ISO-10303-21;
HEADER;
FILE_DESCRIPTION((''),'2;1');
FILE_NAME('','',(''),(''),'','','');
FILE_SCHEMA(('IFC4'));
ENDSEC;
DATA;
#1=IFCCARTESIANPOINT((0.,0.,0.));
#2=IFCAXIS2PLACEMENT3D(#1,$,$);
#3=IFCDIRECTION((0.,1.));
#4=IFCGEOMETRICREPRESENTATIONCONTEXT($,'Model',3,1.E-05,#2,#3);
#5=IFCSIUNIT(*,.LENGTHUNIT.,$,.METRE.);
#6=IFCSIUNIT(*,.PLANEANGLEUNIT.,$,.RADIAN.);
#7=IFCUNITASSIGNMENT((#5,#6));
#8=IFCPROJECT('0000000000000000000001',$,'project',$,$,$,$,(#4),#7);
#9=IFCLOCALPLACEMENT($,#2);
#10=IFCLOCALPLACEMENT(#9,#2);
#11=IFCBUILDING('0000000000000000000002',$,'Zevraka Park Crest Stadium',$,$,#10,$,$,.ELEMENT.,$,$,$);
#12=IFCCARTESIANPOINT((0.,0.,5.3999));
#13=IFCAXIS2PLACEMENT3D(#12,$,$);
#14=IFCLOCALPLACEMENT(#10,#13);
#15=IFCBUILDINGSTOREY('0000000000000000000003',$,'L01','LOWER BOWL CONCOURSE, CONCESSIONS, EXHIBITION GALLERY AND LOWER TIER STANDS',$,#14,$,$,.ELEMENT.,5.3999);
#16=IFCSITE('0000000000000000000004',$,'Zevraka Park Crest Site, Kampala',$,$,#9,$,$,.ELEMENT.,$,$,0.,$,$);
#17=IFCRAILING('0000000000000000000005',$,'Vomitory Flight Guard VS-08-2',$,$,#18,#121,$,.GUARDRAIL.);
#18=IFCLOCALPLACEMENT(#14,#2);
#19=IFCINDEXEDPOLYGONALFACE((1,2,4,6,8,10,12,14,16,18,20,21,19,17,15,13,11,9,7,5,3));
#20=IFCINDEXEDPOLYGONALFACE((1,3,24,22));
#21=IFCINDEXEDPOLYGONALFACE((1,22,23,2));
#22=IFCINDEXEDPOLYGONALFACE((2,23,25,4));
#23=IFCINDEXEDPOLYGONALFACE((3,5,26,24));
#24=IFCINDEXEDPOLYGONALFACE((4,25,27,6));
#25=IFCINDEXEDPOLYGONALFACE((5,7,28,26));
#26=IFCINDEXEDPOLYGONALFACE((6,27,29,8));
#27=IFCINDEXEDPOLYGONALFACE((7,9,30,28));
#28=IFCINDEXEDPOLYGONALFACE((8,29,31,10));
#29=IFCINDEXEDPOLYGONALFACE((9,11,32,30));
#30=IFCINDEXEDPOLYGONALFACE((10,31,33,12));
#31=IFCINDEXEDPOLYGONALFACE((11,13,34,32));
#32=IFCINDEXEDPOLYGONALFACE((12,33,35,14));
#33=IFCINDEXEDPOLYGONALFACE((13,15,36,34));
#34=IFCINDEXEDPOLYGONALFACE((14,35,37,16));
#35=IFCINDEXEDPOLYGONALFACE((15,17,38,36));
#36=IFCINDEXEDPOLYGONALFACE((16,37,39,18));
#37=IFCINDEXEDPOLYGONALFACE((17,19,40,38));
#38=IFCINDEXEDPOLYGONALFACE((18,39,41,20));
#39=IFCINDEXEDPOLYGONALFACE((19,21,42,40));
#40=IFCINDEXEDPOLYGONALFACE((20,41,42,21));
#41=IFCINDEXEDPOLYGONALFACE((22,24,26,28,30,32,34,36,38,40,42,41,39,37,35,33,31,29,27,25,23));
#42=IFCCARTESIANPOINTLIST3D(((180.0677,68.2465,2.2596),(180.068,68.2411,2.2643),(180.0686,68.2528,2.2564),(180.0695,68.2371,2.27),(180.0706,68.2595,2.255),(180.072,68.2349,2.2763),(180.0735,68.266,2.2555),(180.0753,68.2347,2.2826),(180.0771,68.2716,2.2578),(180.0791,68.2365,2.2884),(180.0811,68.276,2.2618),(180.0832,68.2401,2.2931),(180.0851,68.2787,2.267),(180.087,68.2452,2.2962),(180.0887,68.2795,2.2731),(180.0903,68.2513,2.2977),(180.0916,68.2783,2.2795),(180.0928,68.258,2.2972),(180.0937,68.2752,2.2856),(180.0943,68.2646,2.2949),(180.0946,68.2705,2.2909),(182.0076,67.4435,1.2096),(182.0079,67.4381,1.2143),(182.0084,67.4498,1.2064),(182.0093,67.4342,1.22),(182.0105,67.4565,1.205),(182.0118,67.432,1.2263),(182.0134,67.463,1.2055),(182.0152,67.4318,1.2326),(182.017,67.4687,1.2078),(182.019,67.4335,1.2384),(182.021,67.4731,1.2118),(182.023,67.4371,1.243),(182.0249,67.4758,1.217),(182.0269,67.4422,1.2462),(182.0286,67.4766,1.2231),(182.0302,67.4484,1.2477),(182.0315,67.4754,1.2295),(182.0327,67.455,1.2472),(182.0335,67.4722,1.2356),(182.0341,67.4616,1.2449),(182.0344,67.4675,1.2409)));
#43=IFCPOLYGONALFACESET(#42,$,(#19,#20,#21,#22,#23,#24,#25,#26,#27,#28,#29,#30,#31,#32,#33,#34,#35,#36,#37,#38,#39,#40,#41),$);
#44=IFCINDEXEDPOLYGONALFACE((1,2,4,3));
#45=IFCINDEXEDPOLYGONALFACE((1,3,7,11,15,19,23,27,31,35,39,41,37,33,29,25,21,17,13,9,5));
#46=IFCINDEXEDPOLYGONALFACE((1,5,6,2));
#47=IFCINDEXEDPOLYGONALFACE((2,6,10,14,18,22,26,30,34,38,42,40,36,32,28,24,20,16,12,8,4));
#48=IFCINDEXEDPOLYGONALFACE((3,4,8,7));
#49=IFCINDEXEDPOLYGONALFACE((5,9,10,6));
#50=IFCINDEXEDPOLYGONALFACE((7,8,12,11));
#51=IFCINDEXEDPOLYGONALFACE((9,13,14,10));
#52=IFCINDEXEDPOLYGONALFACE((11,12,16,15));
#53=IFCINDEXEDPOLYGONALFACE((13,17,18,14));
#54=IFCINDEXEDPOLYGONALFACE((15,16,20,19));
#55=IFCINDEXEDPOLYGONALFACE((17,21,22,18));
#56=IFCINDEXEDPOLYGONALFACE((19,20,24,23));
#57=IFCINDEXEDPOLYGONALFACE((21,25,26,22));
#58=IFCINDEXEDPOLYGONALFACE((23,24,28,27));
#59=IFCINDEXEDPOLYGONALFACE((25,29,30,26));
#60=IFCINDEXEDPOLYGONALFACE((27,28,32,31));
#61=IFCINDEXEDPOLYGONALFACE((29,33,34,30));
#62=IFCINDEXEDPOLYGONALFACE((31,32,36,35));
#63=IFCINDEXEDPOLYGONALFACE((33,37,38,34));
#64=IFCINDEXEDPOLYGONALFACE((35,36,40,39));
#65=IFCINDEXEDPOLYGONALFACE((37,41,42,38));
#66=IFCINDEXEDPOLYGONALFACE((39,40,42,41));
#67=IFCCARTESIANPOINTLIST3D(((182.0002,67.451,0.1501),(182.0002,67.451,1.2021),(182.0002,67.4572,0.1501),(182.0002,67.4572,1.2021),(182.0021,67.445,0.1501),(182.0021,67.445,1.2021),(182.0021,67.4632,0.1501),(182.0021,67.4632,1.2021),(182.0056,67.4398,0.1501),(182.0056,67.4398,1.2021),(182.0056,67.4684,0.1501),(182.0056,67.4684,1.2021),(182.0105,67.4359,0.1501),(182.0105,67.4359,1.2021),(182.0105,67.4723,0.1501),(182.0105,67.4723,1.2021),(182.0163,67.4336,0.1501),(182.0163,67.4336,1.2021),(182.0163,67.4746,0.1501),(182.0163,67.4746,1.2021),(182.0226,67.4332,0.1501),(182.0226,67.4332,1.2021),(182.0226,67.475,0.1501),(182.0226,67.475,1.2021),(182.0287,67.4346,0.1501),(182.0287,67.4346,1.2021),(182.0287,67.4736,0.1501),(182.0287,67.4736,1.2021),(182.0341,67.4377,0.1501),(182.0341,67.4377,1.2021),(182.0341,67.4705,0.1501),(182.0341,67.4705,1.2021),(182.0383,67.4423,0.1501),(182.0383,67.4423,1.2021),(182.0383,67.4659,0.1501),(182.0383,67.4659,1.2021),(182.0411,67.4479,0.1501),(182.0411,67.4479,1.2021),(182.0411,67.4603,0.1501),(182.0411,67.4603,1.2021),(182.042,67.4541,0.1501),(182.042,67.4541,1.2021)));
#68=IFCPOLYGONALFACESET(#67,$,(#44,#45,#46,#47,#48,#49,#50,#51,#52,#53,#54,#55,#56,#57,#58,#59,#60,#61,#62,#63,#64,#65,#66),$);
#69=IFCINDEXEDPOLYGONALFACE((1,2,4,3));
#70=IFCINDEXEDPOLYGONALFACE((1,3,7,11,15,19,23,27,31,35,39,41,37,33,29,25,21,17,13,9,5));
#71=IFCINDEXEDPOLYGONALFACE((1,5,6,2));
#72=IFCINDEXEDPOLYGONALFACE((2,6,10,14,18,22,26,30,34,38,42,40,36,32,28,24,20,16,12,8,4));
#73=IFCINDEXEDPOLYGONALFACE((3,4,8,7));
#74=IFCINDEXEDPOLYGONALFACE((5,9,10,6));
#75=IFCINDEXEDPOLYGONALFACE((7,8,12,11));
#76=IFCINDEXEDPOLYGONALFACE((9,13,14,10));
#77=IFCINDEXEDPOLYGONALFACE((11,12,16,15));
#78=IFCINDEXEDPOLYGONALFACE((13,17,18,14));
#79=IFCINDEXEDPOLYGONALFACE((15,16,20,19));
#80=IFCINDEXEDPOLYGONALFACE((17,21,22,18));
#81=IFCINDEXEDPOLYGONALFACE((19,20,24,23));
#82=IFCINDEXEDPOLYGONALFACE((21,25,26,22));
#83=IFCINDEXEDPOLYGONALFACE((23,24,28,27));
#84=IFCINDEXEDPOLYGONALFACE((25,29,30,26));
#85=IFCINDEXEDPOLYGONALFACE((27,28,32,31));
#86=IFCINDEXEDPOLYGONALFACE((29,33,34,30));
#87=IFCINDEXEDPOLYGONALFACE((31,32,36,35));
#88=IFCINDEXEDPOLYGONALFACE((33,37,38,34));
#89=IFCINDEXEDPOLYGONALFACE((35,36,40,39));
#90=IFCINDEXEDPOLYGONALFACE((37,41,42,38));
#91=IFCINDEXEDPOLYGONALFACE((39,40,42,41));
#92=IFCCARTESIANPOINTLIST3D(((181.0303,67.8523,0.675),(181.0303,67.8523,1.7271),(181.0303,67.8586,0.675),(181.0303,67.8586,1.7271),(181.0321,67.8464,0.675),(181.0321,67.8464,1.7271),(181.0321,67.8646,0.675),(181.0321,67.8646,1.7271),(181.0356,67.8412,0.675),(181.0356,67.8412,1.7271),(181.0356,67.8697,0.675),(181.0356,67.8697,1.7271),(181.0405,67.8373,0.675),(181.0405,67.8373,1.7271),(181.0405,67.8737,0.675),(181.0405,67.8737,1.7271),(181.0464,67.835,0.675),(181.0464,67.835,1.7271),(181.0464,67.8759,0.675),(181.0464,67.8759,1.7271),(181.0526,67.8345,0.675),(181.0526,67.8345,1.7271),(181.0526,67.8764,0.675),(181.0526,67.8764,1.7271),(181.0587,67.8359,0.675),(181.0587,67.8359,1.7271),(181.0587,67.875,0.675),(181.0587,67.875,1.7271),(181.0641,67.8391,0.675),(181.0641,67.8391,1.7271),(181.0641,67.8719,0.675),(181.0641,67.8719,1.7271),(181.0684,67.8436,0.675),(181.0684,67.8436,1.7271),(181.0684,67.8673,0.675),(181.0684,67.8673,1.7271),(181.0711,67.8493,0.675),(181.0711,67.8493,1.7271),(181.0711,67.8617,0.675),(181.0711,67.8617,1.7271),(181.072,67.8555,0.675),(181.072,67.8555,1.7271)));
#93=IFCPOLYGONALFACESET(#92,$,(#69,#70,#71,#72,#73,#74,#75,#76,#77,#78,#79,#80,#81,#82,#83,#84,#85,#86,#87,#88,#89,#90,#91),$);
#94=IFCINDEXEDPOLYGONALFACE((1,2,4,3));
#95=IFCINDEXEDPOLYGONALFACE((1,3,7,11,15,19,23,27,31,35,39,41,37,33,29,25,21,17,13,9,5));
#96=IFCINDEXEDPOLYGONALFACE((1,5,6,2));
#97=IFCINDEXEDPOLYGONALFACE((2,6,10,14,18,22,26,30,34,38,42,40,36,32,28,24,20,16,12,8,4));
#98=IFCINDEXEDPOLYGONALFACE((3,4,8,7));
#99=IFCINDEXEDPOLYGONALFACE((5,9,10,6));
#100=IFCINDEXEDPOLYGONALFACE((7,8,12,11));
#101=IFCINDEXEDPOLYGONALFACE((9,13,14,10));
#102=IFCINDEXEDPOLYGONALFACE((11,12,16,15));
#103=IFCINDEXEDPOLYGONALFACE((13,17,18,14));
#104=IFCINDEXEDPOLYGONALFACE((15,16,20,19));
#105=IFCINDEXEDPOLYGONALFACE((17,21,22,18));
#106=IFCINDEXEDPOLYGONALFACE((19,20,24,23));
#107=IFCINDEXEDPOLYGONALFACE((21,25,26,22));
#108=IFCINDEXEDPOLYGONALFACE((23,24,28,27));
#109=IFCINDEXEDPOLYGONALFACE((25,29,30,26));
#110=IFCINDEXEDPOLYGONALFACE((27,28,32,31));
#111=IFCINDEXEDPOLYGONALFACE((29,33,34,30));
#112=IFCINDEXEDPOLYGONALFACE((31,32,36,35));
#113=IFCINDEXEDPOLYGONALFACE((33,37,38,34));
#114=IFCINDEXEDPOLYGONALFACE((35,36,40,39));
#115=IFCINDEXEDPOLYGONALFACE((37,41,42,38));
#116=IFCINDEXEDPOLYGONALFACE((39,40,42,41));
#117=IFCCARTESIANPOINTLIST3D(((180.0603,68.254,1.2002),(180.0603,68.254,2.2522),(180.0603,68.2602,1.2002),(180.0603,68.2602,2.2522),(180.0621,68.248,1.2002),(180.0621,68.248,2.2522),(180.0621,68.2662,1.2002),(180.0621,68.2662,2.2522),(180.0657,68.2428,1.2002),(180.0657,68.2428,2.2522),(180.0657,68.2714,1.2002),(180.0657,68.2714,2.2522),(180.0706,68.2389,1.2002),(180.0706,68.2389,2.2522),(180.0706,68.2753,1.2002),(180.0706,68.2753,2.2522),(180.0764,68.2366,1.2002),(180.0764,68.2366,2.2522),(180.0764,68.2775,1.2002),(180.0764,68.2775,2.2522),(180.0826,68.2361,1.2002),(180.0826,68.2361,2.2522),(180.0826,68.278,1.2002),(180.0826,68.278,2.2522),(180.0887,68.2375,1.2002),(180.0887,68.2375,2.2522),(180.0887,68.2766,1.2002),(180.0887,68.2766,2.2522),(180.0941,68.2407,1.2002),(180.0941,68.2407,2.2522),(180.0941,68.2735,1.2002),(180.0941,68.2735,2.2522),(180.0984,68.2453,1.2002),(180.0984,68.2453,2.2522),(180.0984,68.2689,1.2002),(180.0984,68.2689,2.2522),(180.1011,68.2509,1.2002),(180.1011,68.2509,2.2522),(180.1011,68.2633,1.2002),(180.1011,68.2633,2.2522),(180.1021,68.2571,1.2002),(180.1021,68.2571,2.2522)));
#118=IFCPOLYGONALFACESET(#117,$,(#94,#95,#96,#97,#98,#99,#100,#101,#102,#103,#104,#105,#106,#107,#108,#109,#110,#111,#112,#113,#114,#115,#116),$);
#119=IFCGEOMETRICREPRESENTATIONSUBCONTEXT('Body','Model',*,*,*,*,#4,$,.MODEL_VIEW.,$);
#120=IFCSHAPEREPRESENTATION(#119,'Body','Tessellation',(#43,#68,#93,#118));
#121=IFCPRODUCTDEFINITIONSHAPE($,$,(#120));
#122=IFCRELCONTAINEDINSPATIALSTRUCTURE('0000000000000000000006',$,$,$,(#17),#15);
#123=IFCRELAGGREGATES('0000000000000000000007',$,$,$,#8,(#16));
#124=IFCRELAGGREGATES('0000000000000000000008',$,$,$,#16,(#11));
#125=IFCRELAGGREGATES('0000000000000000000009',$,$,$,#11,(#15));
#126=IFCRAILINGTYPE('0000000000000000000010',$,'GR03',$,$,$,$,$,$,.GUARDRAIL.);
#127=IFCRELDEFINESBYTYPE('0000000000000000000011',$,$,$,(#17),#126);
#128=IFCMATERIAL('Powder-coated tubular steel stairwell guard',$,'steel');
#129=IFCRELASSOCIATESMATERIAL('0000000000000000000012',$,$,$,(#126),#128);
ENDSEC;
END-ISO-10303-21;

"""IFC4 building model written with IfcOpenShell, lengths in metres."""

from ifc_helpers import new_model, si_unit, direction, frame, origin, origin_2d, place, context, subcontext, project, spatial, circle, extrude, material, type_object, element, save


model = new_model("IFC4")

# Units and contexts
model_context = context("Model", 3, precision=1e-05, world=origin(), true_north=direction((0.0, 1.0)))
body_context = subcontext(model_context, "Body", "Model", "MODEL_VIEW")
ifc_project = project(units=[si_unit("LENGTHUNIT", "METRE"), si_unit("PLANEANGLEUNIT", "RADIAN")], contexts=[model_context])

# Site, building, storey
site_placement = place(None, origin())
site = spatial("IfcSite", under=ifc_project, at=site_placement, Name="Zevraka Park Crest Site, Kampala", CompositionType="ELEMENT", RefElevation=0.0)
building_placement = place(site_placement, origin())
building = spatial("IfcBuilding", under=site, at=building_placement, Name="Zevraka Park Crest Stadium", CompositionType="ELEMENT")
storey_placement = place(building_placement, frame((0.0, 0.0, 5.3999)))
storey = spatial("IfcBuildingStorey", under=building, at=storey_placement, Name="L01", Description="LOWER BOWL CONCOURSE, CONCESSIONS, EXHIBITION GALLERY AND LOWER TIER STANDS", CompositionType="ELEMENT", Elevation=5.3999)

# Railing
ifc_material_1 = material(Name="Powder-coated tubular steel stairwell guard", Category="steel")
railing_type_1 = type_object("IfcRailingType", Name="GR03", PredefinedType="GUARDRAIL", material=ifc_material_1)
railing_1_placement = place(storey_placement, frame((182.021, 67.4541, 0.1501)))
element("IfcRailing", 1, at=railing_1_placement, inside=storey, type_object=railing_type_1, Name="Vomitory Flight Guard VS-08-2", PredefinedType="GUARDRAIL", context=body_context, shape_type="SweptSolid", body=[
    extrude(circle(Radius=0.0239, at=origin_2d()), frame((0.0, 0.0, 1.0762), z_axis=(-0.826387, 0.342057, 0.447305), x_axis=(-0.382451, -0.923976, 0.0)), (0.0, 0.0, 1.0), 2.3474),
    extrude(circle(Radius=0.021, at=origin_2d()), origin(), (0.0, 0.0, 1.0), 1.052),
    extrude(circle(Radius=0.021, at=origin_2d()), frame((-0.97, 0.4014, 0.5249)), (0.0, 0.0, 1.0), 1.052),
    extrude(circle(Radius=0.021, at=origin_2d()), frame((-1.9399, 0.803, 1.05)), (0.0, 0.0, 1.0), 1.052),
])

save(model, "model.ifc")
